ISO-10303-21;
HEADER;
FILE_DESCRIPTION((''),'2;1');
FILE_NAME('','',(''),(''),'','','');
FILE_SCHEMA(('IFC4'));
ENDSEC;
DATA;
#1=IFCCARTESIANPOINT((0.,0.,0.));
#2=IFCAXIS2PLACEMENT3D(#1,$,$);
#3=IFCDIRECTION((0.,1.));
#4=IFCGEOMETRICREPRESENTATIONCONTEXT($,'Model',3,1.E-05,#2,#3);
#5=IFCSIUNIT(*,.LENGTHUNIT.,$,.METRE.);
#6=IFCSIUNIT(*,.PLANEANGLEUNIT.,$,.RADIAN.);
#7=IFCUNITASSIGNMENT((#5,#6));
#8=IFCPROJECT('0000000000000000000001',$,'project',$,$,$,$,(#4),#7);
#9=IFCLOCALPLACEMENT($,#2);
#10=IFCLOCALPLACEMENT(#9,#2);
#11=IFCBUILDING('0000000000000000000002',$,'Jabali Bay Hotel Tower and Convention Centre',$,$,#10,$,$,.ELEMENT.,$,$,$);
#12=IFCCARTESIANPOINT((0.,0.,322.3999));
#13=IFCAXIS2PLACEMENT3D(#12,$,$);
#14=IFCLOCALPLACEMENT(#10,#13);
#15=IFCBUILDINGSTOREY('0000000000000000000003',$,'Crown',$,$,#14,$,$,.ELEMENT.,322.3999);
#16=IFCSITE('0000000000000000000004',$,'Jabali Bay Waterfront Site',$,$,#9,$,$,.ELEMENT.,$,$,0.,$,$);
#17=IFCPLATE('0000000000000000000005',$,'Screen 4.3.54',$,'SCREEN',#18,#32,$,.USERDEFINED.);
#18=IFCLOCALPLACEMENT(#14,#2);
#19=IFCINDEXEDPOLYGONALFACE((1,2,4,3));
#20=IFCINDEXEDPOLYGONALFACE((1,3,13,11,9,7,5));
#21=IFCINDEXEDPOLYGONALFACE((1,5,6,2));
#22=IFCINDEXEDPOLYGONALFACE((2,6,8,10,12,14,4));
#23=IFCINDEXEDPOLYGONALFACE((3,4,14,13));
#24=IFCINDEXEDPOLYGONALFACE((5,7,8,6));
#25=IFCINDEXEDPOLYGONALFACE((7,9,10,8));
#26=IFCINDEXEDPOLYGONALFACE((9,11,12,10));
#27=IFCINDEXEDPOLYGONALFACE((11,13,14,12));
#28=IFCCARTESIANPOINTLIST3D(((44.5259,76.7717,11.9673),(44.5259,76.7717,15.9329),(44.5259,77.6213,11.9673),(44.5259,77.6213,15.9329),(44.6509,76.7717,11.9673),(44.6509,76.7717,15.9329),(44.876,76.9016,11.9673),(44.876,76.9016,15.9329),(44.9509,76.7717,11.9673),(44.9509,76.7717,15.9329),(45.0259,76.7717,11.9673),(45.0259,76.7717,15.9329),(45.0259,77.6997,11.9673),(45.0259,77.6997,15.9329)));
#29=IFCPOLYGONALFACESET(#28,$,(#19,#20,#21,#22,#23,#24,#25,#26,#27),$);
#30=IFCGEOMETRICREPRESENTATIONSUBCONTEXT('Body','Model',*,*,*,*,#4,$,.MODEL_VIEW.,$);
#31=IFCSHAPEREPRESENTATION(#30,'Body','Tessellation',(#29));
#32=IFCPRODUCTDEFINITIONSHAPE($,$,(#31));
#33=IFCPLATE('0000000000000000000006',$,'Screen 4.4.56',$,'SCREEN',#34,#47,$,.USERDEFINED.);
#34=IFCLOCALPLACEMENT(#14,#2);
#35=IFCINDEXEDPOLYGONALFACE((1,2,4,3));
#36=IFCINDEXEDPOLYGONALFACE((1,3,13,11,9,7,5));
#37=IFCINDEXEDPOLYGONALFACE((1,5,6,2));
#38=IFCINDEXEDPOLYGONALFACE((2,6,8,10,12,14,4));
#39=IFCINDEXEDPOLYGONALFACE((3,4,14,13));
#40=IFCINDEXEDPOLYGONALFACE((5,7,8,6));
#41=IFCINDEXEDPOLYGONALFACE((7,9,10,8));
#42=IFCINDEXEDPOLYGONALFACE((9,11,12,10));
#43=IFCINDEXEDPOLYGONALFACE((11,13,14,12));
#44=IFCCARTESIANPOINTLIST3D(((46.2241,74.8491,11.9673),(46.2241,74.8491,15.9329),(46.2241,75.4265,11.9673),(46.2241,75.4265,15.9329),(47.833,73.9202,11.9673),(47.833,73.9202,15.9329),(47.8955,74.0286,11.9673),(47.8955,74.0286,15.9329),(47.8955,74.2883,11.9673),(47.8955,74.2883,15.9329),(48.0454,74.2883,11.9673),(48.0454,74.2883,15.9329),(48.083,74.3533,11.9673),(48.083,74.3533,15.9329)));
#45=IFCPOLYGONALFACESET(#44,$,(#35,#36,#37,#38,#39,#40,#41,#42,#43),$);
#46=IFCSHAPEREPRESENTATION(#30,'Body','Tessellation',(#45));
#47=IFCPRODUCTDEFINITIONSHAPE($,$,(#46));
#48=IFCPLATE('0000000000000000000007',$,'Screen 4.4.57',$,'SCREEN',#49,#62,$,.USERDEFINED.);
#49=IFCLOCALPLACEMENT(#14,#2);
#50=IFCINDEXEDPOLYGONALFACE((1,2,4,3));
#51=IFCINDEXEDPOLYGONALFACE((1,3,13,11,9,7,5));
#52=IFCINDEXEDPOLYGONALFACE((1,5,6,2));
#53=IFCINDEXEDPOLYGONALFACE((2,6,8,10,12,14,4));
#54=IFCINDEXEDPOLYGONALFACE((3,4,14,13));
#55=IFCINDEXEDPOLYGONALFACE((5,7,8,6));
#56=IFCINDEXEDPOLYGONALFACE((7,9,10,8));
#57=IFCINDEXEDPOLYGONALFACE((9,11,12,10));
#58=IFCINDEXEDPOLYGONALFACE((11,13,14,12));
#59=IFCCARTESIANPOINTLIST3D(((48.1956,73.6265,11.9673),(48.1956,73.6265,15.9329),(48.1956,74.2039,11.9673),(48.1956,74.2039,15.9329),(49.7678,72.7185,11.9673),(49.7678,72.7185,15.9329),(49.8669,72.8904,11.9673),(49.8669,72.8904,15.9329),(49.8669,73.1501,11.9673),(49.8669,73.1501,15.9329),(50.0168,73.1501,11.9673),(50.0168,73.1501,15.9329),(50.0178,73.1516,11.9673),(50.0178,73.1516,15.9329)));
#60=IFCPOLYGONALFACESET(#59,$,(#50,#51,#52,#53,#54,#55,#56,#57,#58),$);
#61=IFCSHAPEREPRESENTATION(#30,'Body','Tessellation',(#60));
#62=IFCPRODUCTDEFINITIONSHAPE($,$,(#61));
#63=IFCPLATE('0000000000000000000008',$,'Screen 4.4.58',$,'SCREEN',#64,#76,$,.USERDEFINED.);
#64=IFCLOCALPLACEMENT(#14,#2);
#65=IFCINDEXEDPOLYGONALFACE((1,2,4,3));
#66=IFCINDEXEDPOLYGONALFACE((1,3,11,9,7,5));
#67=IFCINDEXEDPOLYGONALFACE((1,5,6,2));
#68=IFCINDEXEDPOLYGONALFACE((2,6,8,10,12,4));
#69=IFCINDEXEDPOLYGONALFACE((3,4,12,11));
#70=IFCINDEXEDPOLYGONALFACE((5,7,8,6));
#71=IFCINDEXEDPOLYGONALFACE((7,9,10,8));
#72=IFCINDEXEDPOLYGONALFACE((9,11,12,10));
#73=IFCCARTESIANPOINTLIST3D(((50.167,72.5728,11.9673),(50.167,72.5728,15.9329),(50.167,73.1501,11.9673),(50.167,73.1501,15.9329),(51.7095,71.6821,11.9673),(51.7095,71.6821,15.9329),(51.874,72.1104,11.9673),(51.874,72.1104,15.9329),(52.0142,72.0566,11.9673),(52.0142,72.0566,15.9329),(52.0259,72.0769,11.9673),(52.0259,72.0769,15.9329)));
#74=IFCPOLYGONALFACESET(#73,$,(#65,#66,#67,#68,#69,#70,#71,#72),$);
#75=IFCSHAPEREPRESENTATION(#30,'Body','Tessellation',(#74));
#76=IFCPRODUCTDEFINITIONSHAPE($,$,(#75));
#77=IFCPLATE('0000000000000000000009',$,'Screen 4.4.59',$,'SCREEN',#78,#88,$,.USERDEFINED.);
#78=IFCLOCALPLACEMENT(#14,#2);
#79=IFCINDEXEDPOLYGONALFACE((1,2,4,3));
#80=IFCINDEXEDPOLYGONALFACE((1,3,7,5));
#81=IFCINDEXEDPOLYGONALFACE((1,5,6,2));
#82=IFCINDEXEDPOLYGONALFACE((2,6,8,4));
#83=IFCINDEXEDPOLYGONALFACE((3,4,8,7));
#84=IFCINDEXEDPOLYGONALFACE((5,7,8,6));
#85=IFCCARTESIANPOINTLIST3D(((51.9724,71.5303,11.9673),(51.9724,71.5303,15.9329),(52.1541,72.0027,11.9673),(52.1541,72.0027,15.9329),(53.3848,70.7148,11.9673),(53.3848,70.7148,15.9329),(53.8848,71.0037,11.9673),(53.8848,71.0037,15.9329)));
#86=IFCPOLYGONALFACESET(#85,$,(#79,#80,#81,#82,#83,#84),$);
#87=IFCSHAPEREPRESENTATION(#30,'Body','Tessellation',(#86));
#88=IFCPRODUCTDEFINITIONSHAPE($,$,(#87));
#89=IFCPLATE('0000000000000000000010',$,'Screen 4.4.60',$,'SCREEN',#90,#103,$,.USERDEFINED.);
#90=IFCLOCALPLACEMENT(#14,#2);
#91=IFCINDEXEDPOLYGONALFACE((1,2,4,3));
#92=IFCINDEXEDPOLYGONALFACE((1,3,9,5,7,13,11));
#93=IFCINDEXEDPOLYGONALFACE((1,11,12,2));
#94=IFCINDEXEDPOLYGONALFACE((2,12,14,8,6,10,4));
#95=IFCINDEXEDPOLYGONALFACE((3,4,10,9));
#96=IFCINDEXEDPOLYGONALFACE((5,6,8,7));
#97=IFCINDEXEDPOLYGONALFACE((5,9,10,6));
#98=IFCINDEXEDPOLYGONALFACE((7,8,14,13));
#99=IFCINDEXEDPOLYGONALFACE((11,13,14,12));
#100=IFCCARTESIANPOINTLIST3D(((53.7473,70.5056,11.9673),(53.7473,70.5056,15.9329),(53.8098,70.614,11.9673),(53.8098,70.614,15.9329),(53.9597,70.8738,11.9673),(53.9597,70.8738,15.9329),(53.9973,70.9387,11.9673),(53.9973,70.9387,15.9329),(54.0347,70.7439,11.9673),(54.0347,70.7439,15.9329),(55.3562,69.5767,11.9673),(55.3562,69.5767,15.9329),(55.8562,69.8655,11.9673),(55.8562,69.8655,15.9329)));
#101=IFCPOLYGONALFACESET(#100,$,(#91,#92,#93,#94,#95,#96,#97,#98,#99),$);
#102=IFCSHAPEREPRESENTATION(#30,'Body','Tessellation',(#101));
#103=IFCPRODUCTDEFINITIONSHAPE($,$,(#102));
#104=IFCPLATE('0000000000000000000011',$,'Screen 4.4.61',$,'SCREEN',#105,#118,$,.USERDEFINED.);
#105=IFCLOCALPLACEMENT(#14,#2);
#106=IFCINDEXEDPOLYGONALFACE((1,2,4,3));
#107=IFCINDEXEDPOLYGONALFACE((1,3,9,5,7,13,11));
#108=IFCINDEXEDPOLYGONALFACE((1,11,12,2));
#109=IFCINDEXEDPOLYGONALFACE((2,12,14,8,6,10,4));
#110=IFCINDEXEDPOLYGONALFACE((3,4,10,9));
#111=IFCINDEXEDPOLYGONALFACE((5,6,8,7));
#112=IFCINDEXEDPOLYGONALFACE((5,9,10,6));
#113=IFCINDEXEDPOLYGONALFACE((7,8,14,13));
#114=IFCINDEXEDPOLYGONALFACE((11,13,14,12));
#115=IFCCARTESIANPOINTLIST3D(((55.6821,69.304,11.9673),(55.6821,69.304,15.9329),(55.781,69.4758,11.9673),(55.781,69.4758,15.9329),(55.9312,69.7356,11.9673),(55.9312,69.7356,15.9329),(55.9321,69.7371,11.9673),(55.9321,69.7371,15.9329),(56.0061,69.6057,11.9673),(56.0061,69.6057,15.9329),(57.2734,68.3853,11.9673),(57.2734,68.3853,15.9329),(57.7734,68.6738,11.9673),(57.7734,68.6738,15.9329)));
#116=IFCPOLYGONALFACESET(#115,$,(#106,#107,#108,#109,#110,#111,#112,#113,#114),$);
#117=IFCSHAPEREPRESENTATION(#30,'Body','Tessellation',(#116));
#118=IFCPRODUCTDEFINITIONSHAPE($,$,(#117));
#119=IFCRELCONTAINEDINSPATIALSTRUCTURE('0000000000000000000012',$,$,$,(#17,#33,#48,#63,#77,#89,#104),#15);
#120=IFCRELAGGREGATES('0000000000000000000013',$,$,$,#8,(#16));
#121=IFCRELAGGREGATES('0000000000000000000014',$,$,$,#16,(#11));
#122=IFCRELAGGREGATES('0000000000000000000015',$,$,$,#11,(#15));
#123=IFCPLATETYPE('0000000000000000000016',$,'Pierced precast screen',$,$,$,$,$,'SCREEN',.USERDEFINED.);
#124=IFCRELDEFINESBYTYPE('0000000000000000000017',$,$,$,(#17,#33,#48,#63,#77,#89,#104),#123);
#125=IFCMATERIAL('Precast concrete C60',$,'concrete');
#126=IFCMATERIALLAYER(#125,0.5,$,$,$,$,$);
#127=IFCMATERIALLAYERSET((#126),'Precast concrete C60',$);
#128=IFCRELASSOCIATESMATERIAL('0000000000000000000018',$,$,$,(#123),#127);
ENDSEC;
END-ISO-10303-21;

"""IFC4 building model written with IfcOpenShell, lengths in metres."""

from ifc_helpers import new_model, si_unit, direction, frame, origin, place, context, subcontext, project, spatial, polyline, outline, extrude, material, layer, layer_set, type_object, element, save


model = new_model("IFC4")

# Units and contexts
model_context = context("Model", 3, precision=1e-05, world=origin(), true_north=direction((0.0, 1.0)))
body_context = subcontext(model_context, "Body", "Model", "MODEL_VIEW")
ifc_project = project(units=[si_unit("LENGTHUNIT", "METRE"), si_unit("PLANEANGLEUNIT", "RADIAN")], contexts=[model_context])

# Site, building, storey
site_placement = place(None, origin())
site = spatial("IfcSite", under=ifc_project, at=site_placement, Name="Jabali Bay Waterfront Site", CompositionType="ELEMENT", RefElevation=0.0)
building_placement = place(site_placement, origin())
building = spatial("IfcBuilding", under=site, at=building_placement, Name="Jabali Bay Hotel Tower and Convention Centre", CompositionType="ELEMENT")
storey_placement = place(building_placement, frame((0.0, 0.0, 322.3999)))
storey = spatial("IfcBuildingStorey", under=building, at=storey_placement, Name="Crown", CompositionType="ELEMENT", Elevation=322.3999)

# Plates
ifc_material = material(Name="Precast concrete C60", Category="concrete")
ifc_layer = layer(ifc_material, 0.5)
ifc_layer_set = layer_set([ifc_layer], Name="Precast concrete C60")
plate_type = type_object("IfcPlateType", Name="Pierced precast screen", ElementType="SCREEN", PredefinedType="USERDEFINED", material=ifc_layer_set)
plate_1_placement = place(storey_placement, frame((0.0, 0.0, 11.9673)))
element("IfcPlate", 1, at=plate_1_placement, inside=storey, type_object=plate_type, Name="Screen 4.3.54", ObjectType="SCREEN", PredefinedType="USERDEFINED", context=body_context, shape_type="SweptSolid", body=[
    extrude(outline(polyline([(45.0259, 76.7717), (45.0259, 77.6997), (44.5259, 77.6213), (44.5259, 76.7717), (44.6509, 76.7717), (44.876, 76.9016), (44.9509, 76.7717), (45.0259, 76.7717)])), origin(), (0.0, 0.0, 1.0), 3.9656),
])
plate_2_placement = place(storey_placement, frame((0.0, 0.0, 11.9673)))
element("IfcPlate", 2, at=plate_2_placement, inside=storey, type_object=plate_type, Name="Screen 4.4.56", ObjectType="SCREEN", PredefinedType="USERDEFINED", context=body_context, shape_type="SweptSolid", body=[
    extrude(outline(polyline([(48.083, 74.3533), (46.2241, 75.4265), (46.2241, 74.8491), (47.833, 73.9202), (47.8955, 74.0286), (47.8955, 74.2883), (48.0454, 74.2883), (48.083, 74.3533)])), origin(), (0.0, 0.0, 1.0), 3.9656),
])
plate_3_placement = place(storey_placement, frame((0.0, 0.0, 11.9673)))
element("IfcPlate", 3, at=plate_3_placement, inside=storey, type_object=plate_type, Name="Screen 4.4.57", ObjectType="SCREEN", PredefinedType="USERDEFINED", context=body_context, shape_type="SweptSolid", body=[
    extrude(outline(polyline([(50.0178, 73.1516), (48.1956, 74.2039), (48.1956, 73.6265), (49.7678, 72.7185), (49.8669, 72.8904), (49.8669, 73.1501), (50.0168, 73.1501), (50.0178, 73.1516)])), origin(), (0.0, 0.0, 1.0), 3.9656),
])
plate_4_placement = place(storey_placement, frame((0.0, 0.0, 11.9673)))
element("IfcPlate", 4, at=plate_4_placement, inside=storey, type_object=plate_type, Name="Screen 4.4.58", ObjectType="SCREEN", PredefinedType="USERDEFINED", context=body_context, shape_type="SweptSolid", body=[
    extrude(outline(polyline([(52.0259, 72.0769), (50.167, 73.1501), (50.167, 72.5728), (51.7095, 71.6821), (51.874, 72.1104), (52.0142, 72.0566), (52.0259, 72.0769)])), origin(), (0.0, 0.0, 1.0), 3.9656),
])
plate_5_placement = place(storey_placement, frame((0.0, 0.0, 11.9673)))
element("IfcPlate", 5, at=plate_5_placement, inside=storey, type_object=plate_type, Name="Screen 4.4.59", ObjectType="SCREEN", PredefinedType="USERDEFINED", context=body_context, shape_type="SweptSolid", body=[
    extrude(outline(polyline([(53.8848, 71.0037), (52.1541, 72.0027), (51.9724, 71.5303), (53.3848, 70.7148), (53.8848, 71.0037)])), origin(), (0.0, 0.0, 1.0), 3.9656),
])
plate_6_placement = place(storey_placement, frame((0.0, 0.0, 11.9673)))
element("IfcPlate", 6, at=plate_6_placement, inside=storey, type_object=plate_type, Name="Screen 4.4.60", ObjectType="SCREEN", PredefinedType="USERDEFINED", context=body_context, shape_type="SweptSolid", body=[
    extrude(outline(polyline([(55.8562, 69.8655), (53.9973, 70.9387), (53.9597, 70.8738), (54.0347, 70.7439), (53.8098, 70.614), (53.7473, 70.5056), (55.3562, 69.5767), (55.8562, 69.8655)])), origin(), (0.0, 0.0, 1.0), 3.9656),
])
plate_7_placement = place(storey_placement, frame((0.0, 0.0, 11.9673)))
element("IfcPlate", 7, at=plate_7_placement, inside=storey, type_object=plate_type, Name="Screen 4.4.61", ObjectType="SCREEN", PredefinedType="USERDEFINED", context=body_context, shape_type="SweptSolid", body=[
    extrude(outline(polyline([(57.7734, 68.6738), (55.9321, 69.7371), (55.9312, 69.7356), (56.0061, 69.6057), (55.781, 69.4758), (55.6821, 69.304), (57.2734, 68.3853), (57.7734, 68.6738)])), origin(), (0.0, 0.0, 1.0), 3.9656),
])

save(model, "model.ifc")
